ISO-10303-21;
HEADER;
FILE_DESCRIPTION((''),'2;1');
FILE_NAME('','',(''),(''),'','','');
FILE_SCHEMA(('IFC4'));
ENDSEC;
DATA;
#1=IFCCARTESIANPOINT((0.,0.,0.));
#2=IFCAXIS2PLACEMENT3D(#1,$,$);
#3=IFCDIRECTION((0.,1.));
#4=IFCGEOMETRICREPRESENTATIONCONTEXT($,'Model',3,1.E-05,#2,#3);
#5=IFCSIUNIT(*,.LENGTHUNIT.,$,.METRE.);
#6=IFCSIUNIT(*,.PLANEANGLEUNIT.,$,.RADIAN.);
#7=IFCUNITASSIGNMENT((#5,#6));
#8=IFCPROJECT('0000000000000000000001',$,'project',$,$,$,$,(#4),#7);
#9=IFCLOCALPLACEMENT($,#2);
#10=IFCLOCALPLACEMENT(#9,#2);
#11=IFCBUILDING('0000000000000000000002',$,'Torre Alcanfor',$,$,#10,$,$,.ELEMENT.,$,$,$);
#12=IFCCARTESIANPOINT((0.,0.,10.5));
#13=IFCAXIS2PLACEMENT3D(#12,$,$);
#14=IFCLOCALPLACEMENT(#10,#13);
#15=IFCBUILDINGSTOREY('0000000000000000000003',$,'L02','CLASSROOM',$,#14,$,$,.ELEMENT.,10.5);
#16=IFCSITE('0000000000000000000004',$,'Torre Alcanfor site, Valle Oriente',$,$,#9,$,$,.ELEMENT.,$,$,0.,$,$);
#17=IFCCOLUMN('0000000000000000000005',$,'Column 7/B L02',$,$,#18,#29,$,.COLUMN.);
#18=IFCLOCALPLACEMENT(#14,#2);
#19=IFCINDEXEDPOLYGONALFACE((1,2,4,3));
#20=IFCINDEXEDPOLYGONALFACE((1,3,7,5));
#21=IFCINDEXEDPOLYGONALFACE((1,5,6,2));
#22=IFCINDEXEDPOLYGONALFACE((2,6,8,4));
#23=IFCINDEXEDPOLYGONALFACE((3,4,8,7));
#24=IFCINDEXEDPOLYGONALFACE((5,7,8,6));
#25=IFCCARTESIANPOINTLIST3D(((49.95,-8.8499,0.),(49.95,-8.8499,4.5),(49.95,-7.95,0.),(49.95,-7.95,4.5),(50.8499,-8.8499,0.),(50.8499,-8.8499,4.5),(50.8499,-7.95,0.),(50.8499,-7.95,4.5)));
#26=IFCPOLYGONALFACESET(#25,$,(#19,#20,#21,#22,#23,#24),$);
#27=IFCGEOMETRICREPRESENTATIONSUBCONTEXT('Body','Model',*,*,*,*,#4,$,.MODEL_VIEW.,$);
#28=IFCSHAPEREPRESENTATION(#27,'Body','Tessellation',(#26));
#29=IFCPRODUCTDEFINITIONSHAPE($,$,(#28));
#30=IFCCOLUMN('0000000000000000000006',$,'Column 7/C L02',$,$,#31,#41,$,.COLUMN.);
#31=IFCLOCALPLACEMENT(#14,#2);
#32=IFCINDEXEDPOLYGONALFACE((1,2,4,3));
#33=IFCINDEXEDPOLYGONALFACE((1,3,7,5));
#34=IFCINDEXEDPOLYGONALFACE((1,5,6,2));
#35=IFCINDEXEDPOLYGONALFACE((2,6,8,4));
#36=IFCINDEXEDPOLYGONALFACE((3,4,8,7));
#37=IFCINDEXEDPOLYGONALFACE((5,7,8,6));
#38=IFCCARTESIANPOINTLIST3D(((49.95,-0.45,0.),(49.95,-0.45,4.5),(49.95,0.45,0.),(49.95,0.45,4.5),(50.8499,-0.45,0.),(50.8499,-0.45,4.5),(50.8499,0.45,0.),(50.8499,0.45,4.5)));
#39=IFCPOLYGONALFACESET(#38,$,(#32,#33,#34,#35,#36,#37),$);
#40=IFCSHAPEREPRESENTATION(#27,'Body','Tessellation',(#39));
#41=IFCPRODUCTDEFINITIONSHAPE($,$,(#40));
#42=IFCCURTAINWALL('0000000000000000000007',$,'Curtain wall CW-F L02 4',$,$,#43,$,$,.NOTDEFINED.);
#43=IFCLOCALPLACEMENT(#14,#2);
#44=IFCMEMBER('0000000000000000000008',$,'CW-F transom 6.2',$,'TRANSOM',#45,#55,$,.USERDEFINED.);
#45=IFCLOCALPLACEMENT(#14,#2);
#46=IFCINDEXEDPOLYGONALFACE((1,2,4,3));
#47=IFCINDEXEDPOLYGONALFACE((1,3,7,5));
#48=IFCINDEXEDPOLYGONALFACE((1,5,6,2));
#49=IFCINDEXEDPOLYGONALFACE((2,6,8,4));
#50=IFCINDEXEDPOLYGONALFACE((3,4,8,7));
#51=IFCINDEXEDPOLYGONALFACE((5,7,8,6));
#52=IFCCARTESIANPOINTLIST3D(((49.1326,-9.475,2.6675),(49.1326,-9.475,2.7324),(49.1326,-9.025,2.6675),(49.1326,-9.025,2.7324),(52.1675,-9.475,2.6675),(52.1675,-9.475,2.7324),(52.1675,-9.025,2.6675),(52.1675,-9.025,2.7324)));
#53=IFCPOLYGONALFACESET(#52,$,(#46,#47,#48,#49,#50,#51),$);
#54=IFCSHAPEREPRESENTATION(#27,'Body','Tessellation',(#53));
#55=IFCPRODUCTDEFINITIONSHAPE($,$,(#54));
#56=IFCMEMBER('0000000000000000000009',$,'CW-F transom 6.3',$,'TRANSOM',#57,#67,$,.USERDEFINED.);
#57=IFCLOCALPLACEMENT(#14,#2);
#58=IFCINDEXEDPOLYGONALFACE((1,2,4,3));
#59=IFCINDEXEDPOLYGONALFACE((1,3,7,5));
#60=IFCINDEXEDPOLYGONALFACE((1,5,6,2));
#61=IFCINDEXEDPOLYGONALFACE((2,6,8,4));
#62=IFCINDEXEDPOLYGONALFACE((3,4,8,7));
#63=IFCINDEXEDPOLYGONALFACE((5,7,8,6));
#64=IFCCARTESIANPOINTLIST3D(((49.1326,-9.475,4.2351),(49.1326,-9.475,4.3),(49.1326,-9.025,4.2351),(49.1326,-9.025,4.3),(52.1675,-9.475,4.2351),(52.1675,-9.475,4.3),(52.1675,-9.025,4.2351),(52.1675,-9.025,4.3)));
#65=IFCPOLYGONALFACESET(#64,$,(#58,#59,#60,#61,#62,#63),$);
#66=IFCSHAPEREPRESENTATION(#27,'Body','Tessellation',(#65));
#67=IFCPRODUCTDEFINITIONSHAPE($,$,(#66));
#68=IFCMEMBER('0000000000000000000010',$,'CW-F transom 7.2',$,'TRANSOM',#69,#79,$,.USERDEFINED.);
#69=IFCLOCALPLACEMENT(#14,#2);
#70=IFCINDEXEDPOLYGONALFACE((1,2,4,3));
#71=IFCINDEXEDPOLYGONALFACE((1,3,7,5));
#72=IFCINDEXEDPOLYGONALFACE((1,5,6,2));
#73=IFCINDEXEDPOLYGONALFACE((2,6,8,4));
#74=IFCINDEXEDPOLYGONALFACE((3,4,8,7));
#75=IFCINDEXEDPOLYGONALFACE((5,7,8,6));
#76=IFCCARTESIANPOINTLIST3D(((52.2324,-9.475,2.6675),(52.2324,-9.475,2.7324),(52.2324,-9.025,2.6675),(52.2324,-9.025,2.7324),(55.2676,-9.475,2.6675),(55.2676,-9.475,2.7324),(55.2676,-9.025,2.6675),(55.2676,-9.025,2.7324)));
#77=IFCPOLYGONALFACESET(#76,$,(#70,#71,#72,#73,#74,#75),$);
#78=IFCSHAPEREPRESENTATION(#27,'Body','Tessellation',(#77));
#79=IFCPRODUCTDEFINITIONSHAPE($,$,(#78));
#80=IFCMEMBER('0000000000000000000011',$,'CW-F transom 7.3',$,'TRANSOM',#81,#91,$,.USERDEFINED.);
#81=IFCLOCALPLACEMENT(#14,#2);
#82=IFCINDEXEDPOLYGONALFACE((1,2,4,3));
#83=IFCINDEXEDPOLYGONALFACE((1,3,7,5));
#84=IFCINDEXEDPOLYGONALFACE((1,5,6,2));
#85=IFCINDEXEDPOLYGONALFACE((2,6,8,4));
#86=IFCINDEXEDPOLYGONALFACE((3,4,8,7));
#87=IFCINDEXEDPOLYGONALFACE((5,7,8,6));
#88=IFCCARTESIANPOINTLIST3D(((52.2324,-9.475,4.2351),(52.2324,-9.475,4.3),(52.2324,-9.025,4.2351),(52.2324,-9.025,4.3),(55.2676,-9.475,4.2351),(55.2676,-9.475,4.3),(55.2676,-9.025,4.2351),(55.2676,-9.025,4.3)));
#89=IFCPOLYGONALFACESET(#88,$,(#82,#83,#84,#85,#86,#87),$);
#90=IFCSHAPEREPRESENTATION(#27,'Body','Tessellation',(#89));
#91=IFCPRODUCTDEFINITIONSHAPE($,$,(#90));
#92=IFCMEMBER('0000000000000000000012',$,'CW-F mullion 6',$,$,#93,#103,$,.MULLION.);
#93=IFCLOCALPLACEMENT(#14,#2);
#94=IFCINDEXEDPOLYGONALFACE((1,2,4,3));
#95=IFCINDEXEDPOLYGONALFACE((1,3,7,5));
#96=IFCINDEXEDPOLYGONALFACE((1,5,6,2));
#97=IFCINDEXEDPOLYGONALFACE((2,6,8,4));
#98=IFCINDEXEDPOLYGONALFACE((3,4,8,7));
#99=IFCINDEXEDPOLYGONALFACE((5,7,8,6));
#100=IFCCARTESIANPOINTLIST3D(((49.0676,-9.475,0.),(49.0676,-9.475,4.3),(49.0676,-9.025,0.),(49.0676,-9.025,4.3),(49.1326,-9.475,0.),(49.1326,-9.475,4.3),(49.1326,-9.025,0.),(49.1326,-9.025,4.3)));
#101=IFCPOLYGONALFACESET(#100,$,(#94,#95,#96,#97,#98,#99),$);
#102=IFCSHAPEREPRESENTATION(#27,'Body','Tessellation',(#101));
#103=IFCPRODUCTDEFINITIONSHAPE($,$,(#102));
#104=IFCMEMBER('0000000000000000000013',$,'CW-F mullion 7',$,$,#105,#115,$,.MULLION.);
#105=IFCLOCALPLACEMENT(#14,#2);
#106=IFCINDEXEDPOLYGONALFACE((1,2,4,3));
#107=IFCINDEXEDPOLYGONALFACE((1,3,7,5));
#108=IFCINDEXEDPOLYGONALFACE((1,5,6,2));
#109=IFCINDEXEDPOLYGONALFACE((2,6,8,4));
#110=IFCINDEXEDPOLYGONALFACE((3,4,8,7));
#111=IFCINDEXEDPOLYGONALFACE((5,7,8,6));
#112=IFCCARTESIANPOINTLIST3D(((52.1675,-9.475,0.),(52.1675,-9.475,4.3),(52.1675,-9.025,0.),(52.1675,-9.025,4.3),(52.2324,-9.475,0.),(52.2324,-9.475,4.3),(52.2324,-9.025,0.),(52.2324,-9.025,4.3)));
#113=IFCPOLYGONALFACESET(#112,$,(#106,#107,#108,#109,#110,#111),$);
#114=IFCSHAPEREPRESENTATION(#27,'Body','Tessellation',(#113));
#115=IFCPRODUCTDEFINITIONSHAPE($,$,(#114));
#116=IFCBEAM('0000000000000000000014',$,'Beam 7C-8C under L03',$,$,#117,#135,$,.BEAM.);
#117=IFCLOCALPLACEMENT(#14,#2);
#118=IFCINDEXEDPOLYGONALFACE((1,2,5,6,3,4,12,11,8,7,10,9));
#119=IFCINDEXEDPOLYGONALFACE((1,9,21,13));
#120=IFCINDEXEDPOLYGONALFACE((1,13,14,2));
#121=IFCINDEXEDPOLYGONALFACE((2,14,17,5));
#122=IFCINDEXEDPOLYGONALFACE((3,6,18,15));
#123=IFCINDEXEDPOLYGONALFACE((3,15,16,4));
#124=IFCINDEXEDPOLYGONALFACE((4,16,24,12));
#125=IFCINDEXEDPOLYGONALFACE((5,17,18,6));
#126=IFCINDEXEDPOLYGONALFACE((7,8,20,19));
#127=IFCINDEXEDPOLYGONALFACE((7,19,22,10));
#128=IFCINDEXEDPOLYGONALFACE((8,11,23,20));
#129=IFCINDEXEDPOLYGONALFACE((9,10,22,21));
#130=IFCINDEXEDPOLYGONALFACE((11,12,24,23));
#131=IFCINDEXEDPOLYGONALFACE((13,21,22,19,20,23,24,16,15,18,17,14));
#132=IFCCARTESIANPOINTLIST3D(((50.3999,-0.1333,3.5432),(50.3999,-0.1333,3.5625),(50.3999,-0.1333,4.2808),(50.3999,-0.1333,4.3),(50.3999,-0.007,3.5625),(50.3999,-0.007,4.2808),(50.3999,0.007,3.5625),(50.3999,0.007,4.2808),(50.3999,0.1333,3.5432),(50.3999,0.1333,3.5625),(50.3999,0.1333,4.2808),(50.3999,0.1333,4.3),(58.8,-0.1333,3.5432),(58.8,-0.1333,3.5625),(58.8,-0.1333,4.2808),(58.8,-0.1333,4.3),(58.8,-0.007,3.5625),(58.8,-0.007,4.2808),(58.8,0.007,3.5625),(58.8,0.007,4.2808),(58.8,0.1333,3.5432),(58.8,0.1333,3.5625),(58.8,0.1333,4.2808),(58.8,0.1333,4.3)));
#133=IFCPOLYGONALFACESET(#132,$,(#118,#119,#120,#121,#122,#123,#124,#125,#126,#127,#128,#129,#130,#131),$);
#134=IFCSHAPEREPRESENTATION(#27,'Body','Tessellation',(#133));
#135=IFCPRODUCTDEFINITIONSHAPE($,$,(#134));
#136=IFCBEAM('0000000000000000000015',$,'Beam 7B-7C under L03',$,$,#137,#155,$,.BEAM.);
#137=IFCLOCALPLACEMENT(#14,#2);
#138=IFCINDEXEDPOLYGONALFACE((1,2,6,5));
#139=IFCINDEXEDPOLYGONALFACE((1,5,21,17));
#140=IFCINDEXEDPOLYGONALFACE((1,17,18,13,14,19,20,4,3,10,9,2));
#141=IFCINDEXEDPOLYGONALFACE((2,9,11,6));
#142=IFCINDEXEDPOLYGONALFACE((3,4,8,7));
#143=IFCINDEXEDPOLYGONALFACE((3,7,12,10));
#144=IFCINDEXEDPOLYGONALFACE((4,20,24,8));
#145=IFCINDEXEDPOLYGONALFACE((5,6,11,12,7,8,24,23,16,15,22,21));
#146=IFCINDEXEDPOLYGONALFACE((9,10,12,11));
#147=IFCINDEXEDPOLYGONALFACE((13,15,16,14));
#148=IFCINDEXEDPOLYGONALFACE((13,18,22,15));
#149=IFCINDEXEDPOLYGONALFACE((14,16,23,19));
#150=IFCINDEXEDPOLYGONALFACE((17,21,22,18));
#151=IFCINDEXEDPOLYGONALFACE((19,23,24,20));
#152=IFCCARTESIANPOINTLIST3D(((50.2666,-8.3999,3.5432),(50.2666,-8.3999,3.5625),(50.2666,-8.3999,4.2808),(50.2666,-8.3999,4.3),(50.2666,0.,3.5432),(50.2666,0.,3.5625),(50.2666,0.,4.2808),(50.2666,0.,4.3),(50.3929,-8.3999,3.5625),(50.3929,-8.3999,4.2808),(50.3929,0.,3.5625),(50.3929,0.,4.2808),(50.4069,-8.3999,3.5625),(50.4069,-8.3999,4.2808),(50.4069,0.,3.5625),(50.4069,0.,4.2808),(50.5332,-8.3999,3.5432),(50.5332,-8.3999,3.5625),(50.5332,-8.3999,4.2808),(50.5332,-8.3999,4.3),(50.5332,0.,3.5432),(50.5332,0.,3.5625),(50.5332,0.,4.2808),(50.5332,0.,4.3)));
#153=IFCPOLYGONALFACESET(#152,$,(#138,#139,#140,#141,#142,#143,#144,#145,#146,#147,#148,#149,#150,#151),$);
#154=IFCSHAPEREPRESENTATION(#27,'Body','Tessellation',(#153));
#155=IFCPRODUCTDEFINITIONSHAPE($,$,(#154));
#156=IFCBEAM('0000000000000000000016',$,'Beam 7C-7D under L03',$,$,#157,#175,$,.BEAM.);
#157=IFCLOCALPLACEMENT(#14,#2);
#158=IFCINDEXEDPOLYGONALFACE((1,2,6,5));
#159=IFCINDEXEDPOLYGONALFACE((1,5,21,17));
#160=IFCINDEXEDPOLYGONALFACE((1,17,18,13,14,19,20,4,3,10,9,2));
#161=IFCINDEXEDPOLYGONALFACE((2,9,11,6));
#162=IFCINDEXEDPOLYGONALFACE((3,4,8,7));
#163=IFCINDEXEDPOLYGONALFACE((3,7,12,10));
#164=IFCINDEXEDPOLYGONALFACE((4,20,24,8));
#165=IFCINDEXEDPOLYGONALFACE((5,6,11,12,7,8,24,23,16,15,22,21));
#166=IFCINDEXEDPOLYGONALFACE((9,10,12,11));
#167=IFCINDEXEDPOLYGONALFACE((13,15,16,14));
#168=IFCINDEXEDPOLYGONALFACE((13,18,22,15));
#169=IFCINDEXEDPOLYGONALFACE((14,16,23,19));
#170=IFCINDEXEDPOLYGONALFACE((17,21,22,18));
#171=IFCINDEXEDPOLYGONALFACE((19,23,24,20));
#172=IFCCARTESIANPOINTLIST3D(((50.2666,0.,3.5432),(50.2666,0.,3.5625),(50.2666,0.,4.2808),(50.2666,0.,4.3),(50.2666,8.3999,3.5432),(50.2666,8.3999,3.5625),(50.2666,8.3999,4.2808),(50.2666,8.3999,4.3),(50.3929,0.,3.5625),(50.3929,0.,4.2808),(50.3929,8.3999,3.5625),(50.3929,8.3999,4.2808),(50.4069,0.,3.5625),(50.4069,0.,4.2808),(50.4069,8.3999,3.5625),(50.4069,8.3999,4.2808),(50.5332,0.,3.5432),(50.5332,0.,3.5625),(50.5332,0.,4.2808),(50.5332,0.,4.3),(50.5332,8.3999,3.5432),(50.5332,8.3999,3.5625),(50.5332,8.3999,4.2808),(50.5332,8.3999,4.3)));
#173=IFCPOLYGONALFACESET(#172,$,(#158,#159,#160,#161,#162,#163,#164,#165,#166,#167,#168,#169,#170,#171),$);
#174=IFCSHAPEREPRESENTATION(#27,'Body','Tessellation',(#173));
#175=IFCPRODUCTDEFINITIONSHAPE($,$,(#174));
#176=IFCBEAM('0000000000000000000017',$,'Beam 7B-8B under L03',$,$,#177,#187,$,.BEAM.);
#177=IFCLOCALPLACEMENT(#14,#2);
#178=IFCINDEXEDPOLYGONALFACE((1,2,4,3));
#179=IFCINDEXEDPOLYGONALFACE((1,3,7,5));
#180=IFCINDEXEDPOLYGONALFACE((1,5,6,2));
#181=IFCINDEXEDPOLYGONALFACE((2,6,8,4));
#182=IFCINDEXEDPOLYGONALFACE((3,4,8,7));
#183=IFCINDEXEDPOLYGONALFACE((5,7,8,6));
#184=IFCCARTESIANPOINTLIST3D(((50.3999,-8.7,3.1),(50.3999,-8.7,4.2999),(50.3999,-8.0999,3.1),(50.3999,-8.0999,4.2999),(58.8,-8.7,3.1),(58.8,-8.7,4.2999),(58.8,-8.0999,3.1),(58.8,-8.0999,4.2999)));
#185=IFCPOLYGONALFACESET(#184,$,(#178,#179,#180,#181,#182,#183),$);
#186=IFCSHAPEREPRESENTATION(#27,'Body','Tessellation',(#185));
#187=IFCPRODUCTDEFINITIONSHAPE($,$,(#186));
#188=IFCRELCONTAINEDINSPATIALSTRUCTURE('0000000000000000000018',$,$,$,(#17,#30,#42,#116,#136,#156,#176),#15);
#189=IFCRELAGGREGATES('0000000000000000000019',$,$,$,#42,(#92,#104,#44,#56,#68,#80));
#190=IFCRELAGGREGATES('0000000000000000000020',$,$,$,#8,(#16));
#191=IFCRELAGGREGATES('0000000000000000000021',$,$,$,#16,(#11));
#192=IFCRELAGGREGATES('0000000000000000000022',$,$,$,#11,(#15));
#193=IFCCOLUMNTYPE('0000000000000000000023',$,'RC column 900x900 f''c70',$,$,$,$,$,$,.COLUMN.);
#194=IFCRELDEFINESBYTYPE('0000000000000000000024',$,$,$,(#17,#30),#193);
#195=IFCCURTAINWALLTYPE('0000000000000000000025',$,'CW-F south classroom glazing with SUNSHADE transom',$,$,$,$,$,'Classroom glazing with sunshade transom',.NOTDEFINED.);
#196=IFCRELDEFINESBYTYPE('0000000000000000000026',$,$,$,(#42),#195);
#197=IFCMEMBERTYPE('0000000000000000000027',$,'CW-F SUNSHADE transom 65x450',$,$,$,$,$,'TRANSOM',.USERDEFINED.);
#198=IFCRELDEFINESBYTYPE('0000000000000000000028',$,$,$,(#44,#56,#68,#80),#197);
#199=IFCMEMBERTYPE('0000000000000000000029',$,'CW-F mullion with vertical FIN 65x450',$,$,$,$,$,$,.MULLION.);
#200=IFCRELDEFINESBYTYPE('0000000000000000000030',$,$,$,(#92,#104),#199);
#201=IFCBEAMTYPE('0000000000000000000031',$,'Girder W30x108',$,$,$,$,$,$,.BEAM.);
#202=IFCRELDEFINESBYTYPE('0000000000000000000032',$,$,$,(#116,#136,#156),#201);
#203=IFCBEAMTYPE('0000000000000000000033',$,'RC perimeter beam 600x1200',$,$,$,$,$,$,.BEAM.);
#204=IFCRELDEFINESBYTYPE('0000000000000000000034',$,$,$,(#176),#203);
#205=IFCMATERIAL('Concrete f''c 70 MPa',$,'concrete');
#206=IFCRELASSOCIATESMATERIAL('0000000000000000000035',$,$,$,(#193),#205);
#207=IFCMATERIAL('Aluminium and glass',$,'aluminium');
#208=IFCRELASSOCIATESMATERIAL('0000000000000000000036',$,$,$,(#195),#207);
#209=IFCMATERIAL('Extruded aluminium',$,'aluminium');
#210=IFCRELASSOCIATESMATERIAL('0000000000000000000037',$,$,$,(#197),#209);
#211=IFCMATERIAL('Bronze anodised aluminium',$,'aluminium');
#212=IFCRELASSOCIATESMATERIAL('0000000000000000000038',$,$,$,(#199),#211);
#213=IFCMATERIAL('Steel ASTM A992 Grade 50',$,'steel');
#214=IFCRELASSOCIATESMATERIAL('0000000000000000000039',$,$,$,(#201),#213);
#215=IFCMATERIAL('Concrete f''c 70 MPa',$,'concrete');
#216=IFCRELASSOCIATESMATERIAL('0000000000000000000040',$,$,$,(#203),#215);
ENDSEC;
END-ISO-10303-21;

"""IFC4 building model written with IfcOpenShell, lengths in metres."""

from ifc_helpers import new_model, si_unit, direction, frame, origin, origin_2d, place, context, subcontext, project, spatial, rectangle, i_section, extrude, material, material_profile, profile_set, type_object, element, aggregate, save


model = new_model("IFC4")

# Units and contexts
model_context = context("Model", 3, precision=1e-05, world=origin(), true_north=direction((0.0, 1.0)))
body_context = subcontext(model_context, "Body", "Model", "MODEL_VIEW")
ifc_project = project(units=[si_unit("LENGTHUNIT", "METRE"), si_unit("PLANEANGLEUNIT", "RADIAN")], contexts=[model_context])

# Site, building, storey
site_placement = place(None, origin())
site = spatial("IfcSite", under=ifc_project, at=site_placement, Name="Torre Alcanfor site, Valle Oriente", CompositionType="ELEMENT", RefElevation=0.0)
building_placement = place(site_placement, origin())
building = spatial("IfcBuilding", under=site, at=building_placement, Name="Torre Alcanfor", CompositionType="ELEMENT")
storey_placement = place(building_placement, frame((0.0, 0.0, 10.5)))
storey = spatial("IfcBuildingStorey", under=building, at=storey_placement, Name="L02", Description="CLASSROOM", CompositionType="ELEMENT", Elevation=10.5)

# Columns
ifc_material_1 = material(Name="Concrete f'c 70 MPa", Category="concrete")
ifc_material_profile_1 = material_profile(ifc_material_1, rectangle(XDim=0.8999, YDim=0.8999, at=origin_2d()), Name="900x900")
ifc_profile_set_1 = profile_set([ifc_material_profile_1], Name="Concrete f'c 70 MPa")
column_type = type_object("IfcColumnType", Name="RC column 900x900 f'c70", PredefinedType="COLUMN", material=ifc_profile_set_1)
for number, where, z_axis, x_axis, name in (
    (1, (50.3999, -8.3999, 0.0), (0.0, 0.0, 1.0), (1.0, 0.0, 0.0), "Column 7/B L02"),
    (2, (50.3999, 0.0, 0.0), (0.0, 0.0, 1.0), (1.0, 0.0, 0.0), "Column 7/C L02"),
):
    element("IfcColumn", number, at=place(storey_placement, frame(where, z_axis=z_axis, x_axis=x_axis)), inside=storey, type_object=column_type, Name=name, PredefinedType="COLUMN", context=body_context, shape_type="SweptSolid", body=[
        extrude(rectangle(XDim=0.8999, YDim=0.8999, at=origin_2d()), origin(), (0.0, 0.0, 1.0), 4.5),
    ])

# Curtain wall, members
ifc_material_2 = material(Name="Aluminium and glass", Category="aluminium")
curtain_wall_type = type_object("IfcCurtainWallType", Name="CW-F south classroom glazing with SUNSHADE transom", ElementType="Classroom glazing with sunshade transom", PredefinedType="NOTDEFINED", material=ifc_material_2)
curtain_wall_placement = place(storey_placement, origin())
curtain_wall = element("IfcCurtainWall", 3, at=curtain_wall_placement, inside=storey, type_object=curtain_wall_type, Name="Curtain wall CW-F L02 4", PredefinedType="NOTDEFINED")
ifc_material_3 = material(Name="Extruded aluminium", Category="aluminium")
ifc_material_profile_2 = material_profile(ifc_material_3, rectangle(XDim=0.45, YDim=0.0649, at=origin_2d()), Name="CW-F transom 450x65")
ifc_profile_set_2 = profile_set([ifc_material_profile_2], Name="Extruded aluminium")
member_type_1 = type_object("IfcMemberType", Name="CW-F SUNSHADE transom 65x450", ElementType="TRANSOM", PredefinedType="USERDEFINED", material=ifc_profile_set_2)
member_1_placement = place(storey_placement, frame((49.1326, -9.25, 2.7), z_axis=(1.0, 0.0, 0.0), x_axis=(0.0, 1.0, 0.0)))
member_1 = element("IfcMember", 4, at=member_1_placement, type_object=member_type_1, Name="CW-F transom 6.2", ObjectType="TRANSOM", PredefinedType="USERDEFINED", context=body_context, shape_type="SweptSolid", body=[
    extrude(rectangle(XDim=0.45, YDim=0.0649, at=origin_2d()), origin(), (0.0, 0.0, 1.0), 3.0349),
])
member_2_placement = place(storey_placement, frame((49.1326, -9.25, 4.2676), z_axis=(1.0, 0.0, 0.0), x_axis=(0.0, 1.0, 0.0)))
member_2 = element("IfcMember", 5, at=member_2_placement, type_object=member_type_1, Name="CW-F transom 6.3", ObjectType="TRANSOM", PredefinedType="USERDEFINED", context=body_context, shape_type="SweptSolid", body=[
    extrude(rectangle(XDim=0.45, YDim=0.0649, at=origin_2d()), origin(), (0.0, 0.0, 1.0), 3.0349),
])
member_3_placement = place(storey_placement, frame((52.2324, -9.25, 2.7), z_axis=(1.0, 0.0, 0.0), x_axis=(0.0, 1.0, 0.0)))
member_3 = element("IfcMember", 6, at=member_3_placement, type_object=member_type_1, Name="CW-F transom 7.2", ObjectType="TRANSOM", PredefinedType="USERDEFINED", context=body_context, shape_type="SweptSolid", body=[
    extrude(rectangle(XDim=0.45, YDim=0.0649, at=origin_2d()), origin(), (0.0, 0.0, 1.0), 3.0352),
])
member_4_placement = place(storey_placement, frame((52.2324, -9.25, 4.2676), z_axis=(1.0, 0.0, 0.0), x_axis=(0.0, 1.0, 0.0)))
member_4 = element("IfcMember", 7, at=member_4_placement, type_object=member_type_1, Name="CW-F transom 7.3", ObjectType="TRANSOM", PredefinedType="USERDEFINED", context=body_context, shape_type="SweptSolid", body=[
    extrude(rectangle(XDim=0.45, YDim=0.0649, at=origin_2d()), origin(), (0.0, 0.0, 1.0), 3.0352),
])
ifc_material_4 = material(Name="Bronze anodised aluminium", Category="aluminium")
ifc_material_profile_3 = material_profile(ifc_material_4, rectangle(XDim=0.45, YDim=0.0649, at=origin_2d()), Name="CW-F mullion 65x450")
ifc_profile_set_3 = profile_set([ifc_material_profile_3], Name="Bronze anodised aluminium")
member_type_2 = type_object("IfcMemberType", Name="CW-F mullion with vertical FIN 65x450", PredefinedType="MULLION", material=ifc_profile_set_3)
member_5_placement = place(storey_placement, frame((49.1001, -9.25, 0.0), z_axis=(0.0, 0.0, 1.0), x_axis=(0.0, 1.0, 0.0)))
member_5 = element("IfcMember", 8, at=member_5_placement, type_object=member_type_2, Name="CW-F mullion 6", PredefinedType="MULLION", context=body_context, shape_type="SweptSolid", body=[
    extrude(rectangle(XDim=0.45, YDim=0.0649, at=origin_2d()), origin(), (0.0, 0.0, 1.0), 4.3),
])
member_6_placement = place(storey_placement, frame((52.2, -9.25, 0.0), z_axis=(0.0, 0.0, 1.0), x_axis=(0.0, 1.0, 0.0)))
member_6 = element("IfcMember", 9, at=member_6_placement, type_object=member_type_2, Name="CW-F mullion 7", PredefinedType="MULLION", context=body_context, shape_type="SweptSolid", body=[
    extrude(rectangle(XDim=0.45, YDim=0.0649, at=origin_2d()), origin(), (0.0, 0.0, 1.0), 4.3),
])

# Beams
ifc_material_5 = material(Name="Steel ASTM A992 Grade 50", Category="steel")
ifc_material_profile_4 = material_profile(ifc_material_5, i_section(OverallWidth=0.2666, OverallDepth=0.7568, WebThickness=0.0139, FlangeThickness=0.0193, at=origin_2d()), Name="W30x108")
ifc_profile_set_4 = profile_set([ifc_material_profile_4], Name="Steel ASTM A992 Grade 50")
beam_type_1 = type_object("IfcBeamType", Name="Girder W30x108", PredefinedType="BEAM", material=ifc_profile_set_4)
beam_1_placement = place(storey_placement, frame((50.3999, 0.0, 3.9216), z_axis=(1.0, 0.0, 0.0), x_axis=(0.0, 1.0, 0.0)))
element("IfcBeam", 10, at=beam_1_placement, inside=storey, type_object=beam_type_1, Name="Beam 7C-8C under L03", PredefinedType="BEAM", context=body_context, shape_type="SweptSolid", body=[
    extrude(i_section(OverallWidth=0.2666, OverallDepth=0.7568, WebThickness=0.0139, FlangeThickness=0.0193, at=origin_2d()), origin(), (0.0, 0.0, 1.0), 8.4001),
])
for number, where, z_axis, x_axis, name in (
    (11, (50.3999, -8.3999, 3.9216), (0.0, 1.0, 0.0), (-1.0, 0.0, 0.0), "Beam 7B-7C under L03"),
    (12, (50.3999, 0.0, 3.9216), (0.0, 1.0, 0.0), (-1.0, 0.0, 0.0), "Beam 7C-7D under L03"),
):
    element("IfcBeam", number, at=place(storey_placement, frame(where, z_axis=z_axis, x_axis=x_axis)), inside=storey, type_object=beam_type_1, Name=name, PredefinedType="BEAM", context=body_context, shape_type="SweptSolid", body=[
        extrude(i_section(OverallWidth=0.2666, OverallDepth=0.7568, WebThickness=0.0139, FlangeThickness=0.0193, at=origin_2d()), origin(), (0.0, 0.0, 1.0), 8.3999),
    ])
ifc_material_6 = material(Name="Concrete f'c 70 MPa", Category="concrete")
ifc_material_profile_5 = material_profile(ifc_material_6, rectangle(XDim=0.6001, YDim=1.2, at=origin_2d()), Name="600x1200")
ifc_profile_set_5 = profile_set([ifc_material_profile_5], Name="Concrete f'c 70 MPa")
beam_type_2 = type_object("IfcBeamType", Name="RC perimeter beam 600x1200", PredefinedType="BEAM", material=ifc_profile_set_5)
beam_2_placement = place(storey_placement, frame((50.3999, -8.3999, 3.7), z_axis=(1.0, 0.0, 0.0), x_axis=(0.0, 1.0, 0.0)))
element("IfcBeam", 13, at=beam_2_placement, inside=storey, type_object=beam_type_2, Name="Beam 7B-8B under L03", PredefinedType="BEAM", context=body_context, shape_type="SweptSolid", body=[
    extrude(rectangle(XDim=0.6001, YDim=1.2, at=origin_2d()), origin(), (0.0, 0.0, 1.0), 8.4001),
])

aggregate(curtain_wall, [member_5, member_6, member_1, member_2, member_3, member_4])

save(model, "model.ifc")
